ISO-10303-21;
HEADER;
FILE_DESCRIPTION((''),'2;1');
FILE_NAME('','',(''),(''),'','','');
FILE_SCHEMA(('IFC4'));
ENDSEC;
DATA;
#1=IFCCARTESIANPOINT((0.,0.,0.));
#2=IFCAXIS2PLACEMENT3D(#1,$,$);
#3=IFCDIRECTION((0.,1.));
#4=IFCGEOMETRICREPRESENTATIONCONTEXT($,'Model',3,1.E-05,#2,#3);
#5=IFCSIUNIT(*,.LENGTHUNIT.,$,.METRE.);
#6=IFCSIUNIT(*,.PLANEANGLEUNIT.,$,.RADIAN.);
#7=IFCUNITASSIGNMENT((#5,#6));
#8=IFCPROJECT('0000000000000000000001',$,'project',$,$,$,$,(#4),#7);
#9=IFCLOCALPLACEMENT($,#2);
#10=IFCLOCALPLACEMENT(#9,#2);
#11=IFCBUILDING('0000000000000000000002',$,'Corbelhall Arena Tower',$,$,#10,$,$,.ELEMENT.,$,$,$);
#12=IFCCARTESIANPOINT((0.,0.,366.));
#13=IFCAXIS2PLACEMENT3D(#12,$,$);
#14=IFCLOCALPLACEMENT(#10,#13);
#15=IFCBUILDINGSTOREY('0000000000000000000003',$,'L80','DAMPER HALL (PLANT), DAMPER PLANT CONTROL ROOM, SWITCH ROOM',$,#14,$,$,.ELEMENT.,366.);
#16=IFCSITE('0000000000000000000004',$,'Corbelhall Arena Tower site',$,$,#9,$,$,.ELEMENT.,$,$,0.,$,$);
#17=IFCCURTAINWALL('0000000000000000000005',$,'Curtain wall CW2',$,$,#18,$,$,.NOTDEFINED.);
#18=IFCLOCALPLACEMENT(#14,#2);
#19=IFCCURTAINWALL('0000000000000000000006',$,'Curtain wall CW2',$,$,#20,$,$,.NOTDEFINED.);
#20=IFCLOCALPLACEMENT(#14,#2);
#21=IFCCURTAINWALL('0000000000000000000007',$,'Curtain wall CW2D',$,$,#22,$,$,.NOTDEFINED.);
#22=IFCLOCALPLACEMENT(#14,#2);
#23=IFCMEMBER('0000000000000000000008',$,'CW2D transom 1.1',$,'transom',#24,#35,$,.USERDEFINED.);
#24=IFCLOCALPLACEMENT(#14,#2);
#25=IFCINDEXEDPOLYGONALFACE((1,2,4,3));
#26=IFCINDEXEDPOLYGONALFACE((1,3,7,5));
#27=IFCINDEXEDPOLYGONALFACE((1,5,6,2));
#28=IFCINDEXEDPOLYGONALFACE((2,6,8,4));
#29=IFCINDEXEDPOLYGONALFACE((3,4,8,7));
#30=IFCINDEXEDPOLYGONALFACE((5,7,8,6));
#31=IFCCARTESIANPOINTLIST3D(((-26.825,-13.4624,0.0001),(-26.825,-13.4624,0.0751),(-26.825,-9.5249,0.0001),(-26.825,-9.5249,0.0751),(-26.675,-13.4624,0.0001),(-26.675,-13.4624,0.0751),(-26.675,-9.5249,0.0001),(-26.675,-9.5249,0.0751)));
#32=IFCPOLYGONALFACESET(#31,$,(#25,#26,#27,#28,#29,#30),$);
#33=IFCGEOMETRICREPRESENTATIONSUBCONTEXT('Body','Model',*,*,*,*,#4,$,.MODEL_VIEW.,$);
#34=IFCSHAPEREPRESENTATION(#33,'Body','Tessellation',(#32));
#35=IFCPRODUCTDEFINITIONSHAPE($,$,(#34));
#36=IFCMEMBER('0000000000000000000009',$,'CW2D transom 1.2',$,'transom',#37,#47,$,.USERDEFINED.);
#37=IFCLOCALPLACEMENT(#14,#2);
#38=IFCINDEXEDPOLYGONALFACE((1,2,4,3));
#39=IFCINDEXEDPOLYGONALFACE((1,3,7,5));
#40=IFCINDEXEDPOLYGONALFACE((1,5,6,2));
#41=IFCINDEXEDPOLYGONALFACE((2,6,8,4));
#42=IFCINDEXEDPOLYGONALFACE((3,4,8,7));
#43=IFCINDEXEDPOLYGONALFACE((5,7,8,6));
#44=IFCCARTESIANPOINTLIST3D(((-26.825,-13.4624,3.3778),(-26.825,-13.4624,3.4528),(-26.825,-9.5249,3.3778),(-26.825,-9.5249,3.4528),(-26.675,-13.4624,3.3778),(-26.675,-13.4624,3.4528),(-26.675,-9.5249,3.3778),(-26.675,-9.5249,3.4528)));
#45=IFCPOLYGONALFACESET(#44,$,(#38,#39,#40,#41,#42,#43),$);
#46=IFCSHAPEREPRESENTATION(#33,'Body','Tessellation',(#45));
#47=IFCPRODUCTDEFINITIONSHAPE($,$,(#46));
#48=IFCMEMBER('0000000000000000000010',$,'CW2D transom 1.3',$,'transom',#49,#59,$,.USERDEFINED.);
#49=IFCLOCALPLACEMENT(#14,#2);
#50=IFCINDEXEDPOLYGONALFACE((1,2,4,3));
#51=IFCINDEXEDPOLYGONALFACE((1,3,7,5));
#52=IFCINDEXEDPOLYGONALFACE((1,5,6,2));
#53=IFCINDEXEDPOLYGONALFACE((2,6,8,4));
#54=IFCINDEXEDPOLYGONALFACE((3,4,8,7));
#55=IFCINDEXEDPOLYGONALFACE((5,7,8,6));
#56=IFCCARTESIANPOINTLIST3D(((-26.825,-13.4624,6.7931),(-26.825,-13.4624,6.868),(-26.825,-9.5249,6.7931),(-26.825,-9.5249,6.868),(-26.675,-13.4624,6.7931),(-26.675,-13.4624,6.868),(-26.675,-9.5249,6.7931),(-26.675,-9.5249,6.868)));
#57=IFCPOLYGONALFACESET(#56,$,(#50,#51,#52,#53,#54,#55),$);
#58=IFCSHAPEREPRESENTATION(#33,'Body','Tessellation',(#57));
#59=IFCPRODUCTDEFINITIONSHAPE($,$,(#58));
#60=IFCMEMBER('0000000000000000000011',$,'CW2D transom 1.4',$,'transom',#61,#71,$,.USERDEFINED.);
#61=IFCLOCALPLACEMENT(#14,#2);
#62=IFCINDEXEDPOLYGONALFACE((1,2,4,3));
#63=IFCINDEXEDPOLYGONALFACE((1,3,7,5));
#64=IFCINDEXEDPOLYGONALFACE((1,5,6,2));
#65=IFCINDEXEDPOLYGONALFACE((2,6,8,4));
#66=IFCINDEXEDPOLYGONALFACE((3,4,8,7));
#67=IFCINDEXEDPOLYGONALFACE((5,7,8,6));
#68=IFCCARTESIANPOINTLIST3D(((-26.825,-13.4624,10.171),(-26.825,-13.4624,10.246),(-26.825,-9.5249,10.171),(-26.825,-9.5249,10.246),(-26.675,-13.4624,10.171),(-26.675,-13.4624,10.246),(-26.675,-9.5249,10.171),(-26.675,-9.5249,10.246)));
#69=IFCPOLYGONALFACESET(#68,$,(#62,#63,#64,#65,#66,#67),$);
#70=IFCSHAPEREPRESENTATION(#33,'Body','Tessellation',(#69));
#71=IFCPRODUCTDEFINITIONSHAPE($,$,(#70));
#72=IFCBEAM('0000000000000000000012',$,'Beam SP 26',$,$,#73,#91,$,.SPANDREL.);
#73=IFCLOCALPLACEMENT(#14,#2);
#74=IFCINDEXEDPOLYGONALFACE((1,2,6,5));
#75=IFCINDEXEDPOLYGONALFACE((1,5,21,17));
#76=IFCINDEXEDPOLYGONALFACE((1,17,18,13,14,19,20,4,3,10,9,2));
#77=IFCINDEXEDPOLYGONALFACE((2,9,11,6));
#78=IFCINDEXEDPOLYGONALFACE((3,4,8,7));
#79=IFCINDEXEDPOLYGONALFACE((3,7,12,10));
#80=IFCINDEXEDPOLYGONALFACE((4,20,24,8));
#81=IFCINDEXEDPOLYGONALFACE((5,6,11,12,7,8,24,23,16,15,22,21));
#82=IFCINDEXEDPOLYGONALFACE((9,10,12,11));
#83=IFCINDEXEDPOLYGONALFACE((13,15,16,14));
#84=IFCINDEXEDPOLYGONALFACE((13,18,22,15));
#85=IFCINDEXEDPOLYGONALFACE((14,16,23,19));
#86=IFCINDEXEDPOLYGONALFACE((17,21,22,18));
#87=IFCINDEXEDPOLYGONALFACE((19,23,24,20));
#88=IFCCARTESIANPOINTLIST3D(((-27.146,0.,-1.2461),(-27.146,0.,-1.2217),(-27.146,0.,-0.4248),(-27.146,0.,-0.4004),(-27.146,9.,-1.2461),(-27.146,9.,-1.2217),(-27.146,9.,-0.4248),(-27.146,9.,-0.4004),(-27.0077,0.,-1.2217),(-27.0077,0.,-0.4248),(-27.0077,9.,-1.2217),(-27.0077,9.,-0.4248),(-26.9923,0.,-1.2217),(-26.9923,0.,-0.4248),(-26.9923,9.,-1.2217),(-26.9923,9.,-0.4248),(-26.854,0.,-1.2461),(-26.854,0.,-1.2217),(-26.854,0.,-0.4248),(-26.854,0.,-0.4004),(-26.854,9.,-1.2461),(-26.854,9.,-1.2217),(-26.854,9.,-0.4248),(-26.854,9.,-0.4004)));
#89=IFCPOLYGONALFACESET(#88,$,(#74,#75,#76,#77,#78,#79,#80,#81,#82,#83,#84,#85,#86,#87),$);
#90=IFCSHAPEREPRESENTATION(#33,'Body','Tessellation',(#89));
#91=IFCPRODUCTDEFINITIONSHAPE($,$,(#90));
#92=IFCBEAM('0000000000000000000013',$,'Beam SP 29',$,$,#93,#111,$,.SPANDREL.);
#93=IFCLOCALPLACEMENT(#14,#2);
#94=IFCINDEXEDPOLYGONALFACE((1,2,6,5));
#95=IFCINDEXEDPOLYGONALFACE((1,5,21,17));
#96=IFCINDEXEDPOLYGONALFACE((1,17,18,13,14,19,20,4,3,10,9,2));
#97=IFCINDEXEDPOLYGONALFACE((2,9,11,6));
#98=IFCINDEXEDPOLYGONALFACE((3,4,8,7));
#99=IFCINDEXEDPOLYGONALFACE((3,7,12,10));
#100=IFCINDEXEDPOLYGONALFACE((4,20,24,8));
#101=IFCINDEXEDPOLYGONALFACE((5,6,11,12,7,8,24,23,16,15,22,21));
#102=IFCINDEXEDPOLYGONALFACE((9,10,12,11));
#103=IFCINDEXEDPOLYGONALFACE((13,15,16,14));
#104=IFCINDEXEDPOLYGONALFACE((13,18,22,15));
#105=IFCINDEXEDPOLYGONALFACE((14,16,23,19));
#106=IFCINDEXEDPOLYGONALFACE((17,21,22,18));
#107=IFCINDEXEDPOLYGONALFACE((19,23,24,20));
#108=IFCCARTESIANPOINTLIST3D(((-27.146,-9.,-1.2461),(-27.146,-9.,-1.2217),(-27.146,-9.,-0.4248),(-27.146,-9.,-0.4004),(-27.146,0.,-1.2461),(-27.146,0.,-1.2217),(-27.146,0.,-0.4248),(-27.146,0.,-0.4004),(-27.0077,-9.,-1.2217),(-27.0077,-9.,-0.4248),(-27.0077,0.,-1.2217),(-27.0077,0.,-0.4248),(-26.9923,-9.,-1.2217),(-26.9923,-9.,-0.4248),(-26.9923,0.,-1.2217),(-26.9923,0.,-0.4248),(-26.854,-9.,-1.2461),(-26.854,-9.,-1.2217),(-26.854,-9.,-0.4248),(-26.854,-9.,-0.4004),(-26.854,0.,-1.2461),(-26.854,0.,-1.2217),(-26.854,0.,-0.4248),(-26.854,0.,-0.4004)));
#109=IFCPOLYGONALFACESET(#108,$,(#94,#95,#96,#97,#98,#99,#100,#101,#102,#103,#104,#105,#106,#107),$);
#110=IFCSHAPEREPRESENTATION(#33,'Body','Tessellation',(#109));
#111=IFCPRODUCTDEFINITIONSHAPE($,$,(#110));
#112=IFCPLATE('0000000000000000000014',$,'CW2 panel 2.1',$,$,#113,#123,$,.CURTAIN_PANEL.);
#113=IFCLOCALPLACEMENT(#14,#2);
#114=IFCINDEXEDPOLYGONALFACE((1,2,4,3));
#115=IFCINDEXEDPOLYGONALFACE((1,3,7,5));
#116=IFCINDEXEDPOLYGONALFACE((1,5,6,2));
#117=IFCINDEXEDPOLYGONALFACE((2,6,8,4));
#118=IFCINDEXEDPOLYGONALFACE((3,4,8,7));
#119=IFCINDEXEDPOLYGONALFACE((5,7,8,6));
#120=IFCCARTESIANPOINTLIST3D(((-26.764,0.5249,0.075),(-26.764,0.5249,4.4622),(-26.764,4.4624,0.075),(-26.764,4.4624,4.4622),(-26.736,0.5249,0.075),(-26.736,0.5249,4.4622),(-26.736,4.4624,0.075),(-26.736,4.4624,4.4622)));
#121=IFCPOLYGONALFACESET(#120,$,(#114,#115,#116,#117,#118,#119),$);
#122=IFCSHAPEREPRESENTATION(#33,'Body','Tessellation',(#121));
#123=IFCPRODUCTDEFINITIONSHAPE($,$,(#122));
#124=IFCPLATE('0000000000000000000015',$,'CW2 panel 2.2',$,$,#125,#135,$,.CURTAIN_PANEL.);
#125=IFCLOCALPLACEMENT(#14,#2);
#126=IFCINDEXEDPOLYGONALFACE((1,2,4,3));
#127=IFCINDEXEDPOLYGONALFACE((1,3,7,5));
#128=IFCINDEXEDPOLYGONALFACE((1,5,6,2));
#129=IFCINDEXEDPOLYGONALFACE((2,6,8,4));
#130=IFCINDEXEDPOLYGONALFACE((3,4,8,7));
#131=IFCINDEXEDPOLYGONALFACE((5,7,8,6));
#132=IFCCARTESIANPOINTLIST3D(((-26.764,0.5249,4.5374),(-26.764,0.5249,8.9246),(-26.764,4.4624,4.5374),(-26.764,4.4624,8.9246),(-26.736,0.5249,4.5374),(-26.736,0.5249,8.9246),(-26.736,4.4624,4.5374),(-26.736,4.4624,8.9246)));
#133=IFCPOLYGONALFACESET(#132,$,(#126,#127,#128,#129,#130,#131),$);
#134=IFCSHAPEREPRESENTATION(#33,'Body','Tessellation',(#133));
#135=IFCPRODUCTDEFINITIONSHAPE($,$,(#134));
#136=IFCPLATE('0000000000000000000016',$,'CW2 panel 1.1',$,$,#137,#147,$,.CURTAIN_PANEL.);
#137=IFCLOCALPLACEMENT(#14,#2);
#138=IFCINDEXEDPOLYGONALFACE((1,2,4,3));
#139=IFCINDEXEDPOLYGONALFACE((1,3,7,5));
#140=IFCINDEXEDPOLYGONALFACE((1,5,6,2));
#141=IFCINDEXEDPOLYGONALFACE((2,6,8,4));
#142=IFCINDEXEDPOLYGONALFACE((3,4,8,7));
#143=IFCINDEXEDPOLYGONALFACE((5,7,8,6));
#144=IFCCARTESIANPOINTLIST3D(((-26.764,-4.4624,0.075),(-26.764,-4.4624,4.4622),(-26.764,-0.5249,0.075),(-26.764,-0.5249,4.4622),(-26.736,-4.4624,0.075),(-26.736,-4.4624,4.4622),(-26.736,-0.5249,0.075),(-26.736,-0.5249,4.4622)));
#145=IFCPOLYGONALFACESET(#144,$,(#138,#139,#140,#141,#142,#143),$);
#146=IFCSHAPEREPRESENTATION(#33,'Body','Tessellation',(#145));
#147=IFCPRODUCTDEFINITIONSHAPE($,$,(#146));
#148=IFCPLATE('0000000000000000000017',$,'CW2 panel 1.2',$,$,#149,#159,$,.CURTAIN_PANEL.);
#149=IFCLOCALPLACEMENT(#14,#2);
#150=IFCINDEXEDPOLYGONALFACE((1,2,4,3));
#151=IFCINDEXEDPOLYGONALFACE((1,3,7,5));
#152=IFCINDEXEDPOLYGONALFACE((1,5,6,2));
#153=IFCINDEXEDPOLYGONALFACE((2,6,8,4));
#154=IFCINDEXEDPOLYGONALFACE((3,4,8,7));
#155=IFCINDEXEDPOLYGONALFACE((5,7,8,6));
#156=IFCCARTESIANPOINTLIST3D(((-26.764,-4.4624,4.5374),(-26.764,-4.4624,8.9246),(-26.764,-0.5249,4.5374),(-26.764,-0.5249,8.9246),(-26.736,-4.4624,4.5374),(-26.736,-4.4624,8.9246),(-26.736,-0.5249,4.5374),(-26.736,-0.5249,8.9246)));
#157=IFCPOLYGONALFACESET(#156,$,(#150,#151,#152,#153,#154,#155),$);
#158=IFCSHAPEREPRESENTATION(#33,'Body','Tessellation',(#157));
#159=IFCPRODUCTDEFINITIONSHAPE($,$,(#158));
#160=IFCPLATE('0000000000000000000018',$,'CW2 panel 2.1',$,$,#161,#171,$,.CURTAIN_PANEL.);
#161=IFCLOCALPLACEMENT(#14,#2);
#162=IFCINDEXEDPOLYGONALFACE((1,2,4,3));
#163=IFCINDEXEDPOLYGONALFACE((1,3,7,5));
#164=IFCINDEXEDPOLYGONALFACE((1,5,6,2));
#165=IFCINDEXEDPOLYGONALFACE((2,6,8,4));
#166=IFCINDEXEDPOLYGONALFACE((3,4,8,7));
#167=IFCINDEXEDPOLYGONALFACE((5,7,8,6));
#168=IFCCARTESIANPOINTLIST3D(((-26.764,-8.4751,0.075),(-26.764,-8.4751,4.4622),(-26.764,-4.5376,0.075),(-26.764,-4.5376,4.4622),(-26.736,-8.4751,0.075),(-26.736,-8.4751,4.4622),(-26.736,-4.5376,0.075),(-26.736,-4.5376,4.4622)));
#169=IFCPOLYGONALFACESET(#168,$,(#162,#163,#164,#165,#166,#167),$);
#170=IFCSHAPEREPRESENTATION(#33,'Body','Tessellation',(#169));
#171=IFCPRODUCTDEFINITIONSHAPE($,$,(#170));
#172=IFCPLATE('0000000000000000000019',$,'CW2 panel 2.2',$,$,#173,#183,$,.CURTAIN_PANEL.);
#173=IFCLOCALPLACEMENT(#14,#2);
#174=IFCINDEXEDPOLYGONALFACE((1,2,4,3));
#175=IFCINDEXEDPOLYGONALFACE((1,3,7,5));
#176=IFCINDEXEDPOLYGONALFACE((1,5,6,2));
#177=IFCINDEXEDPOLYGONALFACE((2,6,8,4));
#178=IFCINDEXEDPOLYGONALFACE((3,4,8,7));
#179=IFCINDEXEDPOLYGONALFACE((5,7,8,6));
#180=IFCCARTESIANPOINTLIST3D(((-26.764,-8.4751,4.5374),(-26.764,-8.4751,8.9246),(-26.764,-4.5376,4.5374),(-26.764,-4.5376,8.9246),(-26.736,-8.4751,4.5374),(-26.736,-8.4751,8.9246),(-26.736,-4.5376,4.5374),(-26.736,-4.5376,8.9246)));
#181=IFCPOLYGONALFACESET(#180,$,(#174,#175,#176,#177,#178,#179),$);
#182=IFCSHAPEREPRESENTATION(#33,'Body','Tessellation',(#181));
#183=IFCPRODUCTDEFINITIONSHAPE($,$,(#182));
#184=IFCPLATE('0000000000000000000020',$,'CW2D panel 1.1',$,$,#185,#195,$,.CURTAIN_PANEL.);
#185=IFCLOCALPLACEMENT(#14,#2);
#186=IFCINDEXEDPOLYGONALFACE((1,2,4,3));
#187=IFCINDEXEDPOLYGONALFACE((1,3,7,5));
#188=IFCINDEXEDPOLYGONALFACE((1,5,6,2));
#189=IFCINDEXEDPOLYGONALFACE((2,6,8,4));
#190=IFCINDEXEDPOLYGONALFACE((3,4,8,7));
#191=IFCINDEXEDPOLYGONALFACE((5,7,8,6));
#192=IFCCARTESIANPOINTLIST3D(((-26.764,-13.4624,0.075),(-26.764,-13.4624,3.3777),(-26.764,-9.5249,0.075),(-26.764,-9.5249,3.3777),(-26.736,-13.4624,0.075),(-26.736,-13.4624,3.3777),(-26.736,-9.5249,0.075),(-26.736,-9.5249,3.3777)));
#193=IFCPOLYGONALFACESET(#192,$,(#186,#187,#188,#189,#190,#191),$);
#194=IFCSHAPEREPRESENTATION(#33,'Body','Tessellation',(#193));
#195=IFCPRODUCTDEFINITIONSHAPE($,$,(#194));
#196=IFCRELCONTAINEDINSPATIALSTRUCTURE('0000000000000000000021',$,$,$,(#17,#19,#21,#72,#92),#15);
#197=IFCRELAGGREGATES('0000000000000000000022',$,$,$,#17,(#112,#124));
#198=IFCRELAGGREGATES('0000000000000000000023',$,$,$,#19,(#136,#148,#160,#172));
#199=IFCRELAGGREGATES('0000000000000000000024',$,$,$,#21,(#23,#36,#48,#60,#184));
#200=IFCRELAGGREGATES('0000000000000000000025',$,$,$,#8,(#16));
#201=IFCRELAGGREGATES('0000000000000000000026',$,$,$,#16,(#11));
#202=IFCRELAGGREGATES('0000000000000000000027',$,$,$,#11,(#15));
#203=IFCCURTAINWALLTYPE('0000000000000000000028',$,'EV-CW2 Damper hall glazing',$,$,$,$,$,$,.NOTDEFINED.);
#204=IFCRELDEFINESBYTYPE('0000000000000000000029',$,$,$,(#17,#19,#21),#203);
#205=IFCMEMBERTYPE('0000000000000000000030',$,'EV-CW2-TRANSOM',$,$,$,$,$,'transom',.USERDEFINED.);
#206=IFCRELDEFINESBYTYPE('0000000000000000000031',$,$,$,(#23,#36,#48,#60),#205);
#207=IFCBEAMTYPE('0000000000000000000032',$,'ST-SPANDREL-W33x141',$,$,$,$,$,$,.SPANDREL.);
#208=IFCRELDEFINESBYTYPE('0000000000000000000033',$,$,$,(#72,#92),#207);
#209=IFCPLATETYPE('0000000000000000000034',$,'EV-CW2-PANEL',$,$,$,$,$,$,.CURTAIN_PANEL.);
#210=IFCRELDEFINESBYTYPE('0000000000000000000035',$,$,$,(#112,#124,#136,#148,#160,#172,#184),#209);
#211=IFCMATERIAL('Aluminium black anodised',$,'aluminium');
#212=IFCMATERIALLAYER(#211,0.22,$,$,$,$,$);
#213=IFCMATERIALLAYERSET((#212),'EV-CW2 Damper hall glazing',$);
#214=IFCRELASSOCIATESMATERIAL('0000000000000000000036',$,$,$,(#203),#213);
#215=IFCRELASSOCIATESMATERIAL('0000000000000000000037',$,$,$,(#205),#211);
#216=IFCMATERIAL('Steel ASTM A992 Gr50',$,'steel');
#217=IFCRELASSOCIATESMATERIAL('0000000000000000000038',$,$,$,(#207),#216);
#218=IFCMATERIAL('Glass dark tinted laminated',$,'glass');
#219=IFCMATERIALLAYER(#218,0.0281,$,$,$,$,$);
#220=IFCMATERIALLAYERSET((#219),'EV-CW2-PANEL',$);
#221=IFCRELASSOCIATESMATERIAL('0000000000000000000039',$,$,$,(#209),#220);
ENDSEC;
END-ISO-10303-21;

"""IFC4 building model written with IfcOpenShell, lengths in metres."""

from ifc_helpers import new_model, si_unit, direction, frame, origin, origin_2d, place, context, subcontext, project, spatial, rectangle, i_section, extrude, material, layer, layer_set, material_profile, profile_set, type_object, element, aggregate, save


model = new_model("IFC4")

# Units and contexts
model_context = context("Model", 3, precision=1e-05, world=origin(), true_north=direction((0.0, 1.0)))
body_context = subcontext(model_context, "Body", "Model", "MODEL_VIEW")
ifc_project = project(units=[si_unit("LENGTHUNIT", "METRE"), si_unit("PLANEANGLEUNIT", "RADIAN")], contexts=[model_context])

# Site, building, storey
site_placement = place(None, origin())
site = spatial("IfcSite", under=ifc_project, at=site_placement, Name="Corbelhall Arena Tower site", CompositionType="ELEMENT", RefElevation=0.0)
building_placement = place(site_placement, origin())
building = spatial("IfcBuilding", under=site, at=building_placement, Name="Corbelhall Arena Tower", CompositionType="ELEMENT")
storey_placement = place(building_placement, frame((0.0, 0.0, 366.0)))
storey = spatial("IfcBuildingStorey", under=building, at=storey_placement, Name="L80", Description="DAMPER HALL (PLANT), DAMPER PLANT CONTROL ROOM, SWITCH ROOM", CompositionType="ELEMENT", Elevation=366.0)

# Curtain wall
ifc_material_1 = material(Name="Aluminium black anodised", Category="aluminium")
ifc_layer_1 = layer(ifc_material_1, 0.22)
ifc_layer_set_1 = layer_set([ifc_layer_1], Name="EV-CW2 Damper hall glazing")
curtain_wall_type = type_object("IfcCurtainWallType", Name="EV-CW2 Damper hall glazing", PredefinedType="NOTDEFINED", material=ifc_layer_set_1)
curtain_wall_1_placement = place(storey_placement, origin())
curtain_wall_1 = element("IfcCurtainWall", 1, at=curtain_wall_1_placement, inside=storey, type_object=curtain_wall_type, Name="Curtain wall CW2", PredefinedType="NOTDEFINED")

# Curtain wall
curtain_wall_2_placement = place(storey_placement, origin())
curtain_wall_2 = element("IfcCurtainWall", 2, at=curtain_wall_2_placement, inside=storey, type_object=curtain_wall_type, Name="Curtain wall CW2", PredefinedType="NOTDEFINED")

# Curtain wall
curtain_wall_3_placement = place(storey_placement, origin())
curtain_wall_3 = element("IfcCurtainWall", 3, at=curtain_wall_3_placement, inside=storey, type_object=curtain_wall_type, Name="Curtain wall CW2D", PredefinedType="NOTDEFINED")

# Members
ifc_material_profile_1 = material_profile(ifc_material_1, rectangle(XDim=0.1499, YDim=0.075, at=origin_2d()))
ifc_profile_set_1 = profile_set([ifc_material_profile_1], Name="Aluminium black anodised")
member_type_1 = type_object("IfcMemberType", Name="EV-CW2-TRANSOM", ElementType="transom", PredefinedType="USERDEFINED", material=ifc_profile_set_1)
member_1_placement = place(storey_placement, frame((-26.75, -9.5249, 0.0376), z_axis=(0.0, -1.0, 0.0), x_axis=(1.0, 0.0, 0.0)))
member_1 = element("IfcMember", 4, at=member_1_placement, type_object=member_type_1, Name="CW2D transom 1.1", ObjectType="transom", PredefinedType="USERDEFINED", context=body_context, shape_type="SweptSolid", body=[
    extrude(rectangle(XDim=0.1499, YDim=0.075, at=origin_2d()), origin(), (0.0, 0.0, 1.0), 3.9375),
])
member_2_placement = place(storey_placement, frame((-26.75, -9.5249, 3.4153), z_axis=(0.0, -1.0, 0.0), x_axis=(1.0, 0.0, 0.0)))
member_2 = element("IfcMember", 5, at=member_2_placement, type_object=member_type_1, Name="CW2D transom 1.2", ObjectType="transom", PredefinedType="USERDEFINED", context=body_context, shape_type="SweptSolid", body=[
    extrude(rectangle(XDim=0.1499, YDim=0.075, at=origin_2d()), origin(), (0.0, 0.0, 1.0), 3.9375),
])
member_3_placement = place(storey_placement, frame((-26.75, -9.5249, 6.8306), z_axis=(0.0, -1.0, 0.0), x_axis=(1.0, 0.0, 0.0)))
member_3 = element("IfcMember", 6, at=member_3_placement, type_object=member_type_1, Name="CW2D transom 1.3", ObjectType="transom", PredefinedType="USERDEFINED", context=body_context, shape_type="SweptSolid", body=[
    extrude(rectangle(XDim=0.1499, YDim=0.075, at=origin_2d()), origin(), (0.0, 0.0, 1.0), 3.9375),
])
member_4_placement = place(storey_placement, frame((-26.75, -9.5249, 10.2085), z_axis=(0.0, -1.0, 0.0), x_axis=(1.0, 0.0, 0.0)))
member_4 = element("IfcMember", 7, at=member_4_placement, type_object=member_type_1, Name="CW2D transom 1.4", ObjectType="transom", PredefinedType="USERDEFINED", context=body_context, shape_type="SweptSolid", body=[
    extrude(rectangle(XDim=0.1499, YDim=0.075, at=origin_2d()), origin(), (0.0, 0.0, 1.0), 3.9375),
])

# Beams
ifc_material_2 = material(Name="Steel ASTM A992 Gr50", Category="steel")
ifc_material_profile_2 = material_profile(ifc_material_2, i_section(OverallWidth=0.292, OverallDepth=0.8457, WebThickness=0.0154, FlangeThickness=0.0244, at=origin_2d()))
ifc_profile_set_2 = profile_set([ifc_material_profile_2], Name="Steel ASTM A992 Gr50")
beam_type = type_object("IfcBeamType", Name="ST-SPANDREL-W33x141", PredefinedType="SPANDREL", material=ifc_profile_set_2)
for number, where, z_axis, x_axis, name in (
    (8, (-27.0, 0.0, -0.8232), (0.0, 1.0, 0.0), (-1.0, 0.0, 0.0), "Beam SP 26"),
    (9, (-27.0, -9.0, -0.8232), (0.0, 1.0, 0.0), (-1.0, 0.0, 0.0), "Beam SP 29"),
):
    element("IfcBeam", number, at=place(storey_placement, frame(where, z_axis=z_axis, x_axis=x_axis)), inside=storey, type_object=beam_type, Name=name, PredefinedType="SPANDREL", context=body_context, shape_type="SweptSolid", body=[
        extrude(i_section(OverallWidth=0.292, OverallDepth=0.8457, WebThickness=0.0154, FlangeThickness=0.0244, at=origin_2d()), origin(), (0.0, 0.0, 1.0), 9.0),
    ])

# Plates
ifc_material_3 = material(Name="Glass dark tinted laminated", Category="glass")
ifc_layer_2 = layer(ifc_material_3, 0.0281)
ifc_layer_set_2 = layer_set([ifc_layer_2], Name="EV-CW2-PANEL")
plate_type = type_object("IfcPlateType", Name="EV-CW2-PANEL", PredefinedType="CURTAIN_PANEL", material=ifc_layer_set_2)
plate_1_placement = place(storey_placement, frame((-26.75, 2.4937, 0.075), z_axis=(0.0, 0.0, 1.0), x_axis=(0.0, -1.0, 0.0)))
plate_1 = element("IfcPlate", 10, at=plate_1_placement, type_object=plate_type, Name="CW2 panel 2.1", PredefinedType="CURTAIN_PANEL", context=body_context, shape_type="SweptSolid", body=[
    extrude(rectangle(XDim=3.9375, YDim=0.0281, at=origin_2d()), origin(), (0.0, 0.0, 1.0), 4.3872),
])
plate_2_placement = place(storey_placement, frame((-26.75, 2.4937, 4.5374), z_axis=(0.0, 0.0, 1.0), x_axis=(0.0, -1.0, 0.0)))
plate_2 = element("IfcPlate", 11, at=plate_2_placement, type_object=plate_type, Name="CW2 panel 2.2", PredefinedType="CURTAIN_PANEL", context=body_context, shape_type="SweptSolid", body=[
    extrude(rectangle(XDim=3.9375, YDim=0.0281, at=origin_2d()), origin(), (0.0, 0.0, 1.0), 4.3872),
])
aggregate(curtain_wall_1, [plate_1, plate_2])
plate_3_placement = place(storey_placement, frame((-26.75, -2.4937, 0.075), z_axis=(0.0, 0.0, 1.0), x_axis=(0.0, -1.0, 0.0)))
plate_3 = element("IfcPlate", 12, at=plate_3_placement, type_object=plate_type, Name="CW2 panel 1.1", PredefinedType="CURTAIN_PANEL", context=body_context, shape_type="SweptSolid", body=[
    extrude(rectangle(XDim=3.9375, YDim=0.0281, at=origin_2d()), origin(), (0.0, 0.0, 1.0), 4.3872),
])
plate_4_placement = place(storey_placement, frame((-26.75, -2.4937, 4.5374), z_axis=(0.0, 0.0, 1.0), x_axis=(0.0, -1.0, 0.0)))
plate_4 = element("IfcPlate", 13, at=plate_4_placement, type_object=plate_type, Name="CW2 panel 1.2", PredefinedType="CURTAIN_PANEL", context=body_context, shape_type="SweptSolid", body=[
    extrude(rectangle(XDim=3.9375, YDim=0.0281, at=origin_2d()), origin(), (0.0, 0.0, 1.0), 4.3872),
])
plate_5_placement = place(storey_placement, frame((-26.75, -6.5063, 0.075), z_axis=(0.0, 0.0, 1.0), x_axis=(0.0, -1.0, 0.0)))
plate_5 = element("IfcPlate", 14, at=plate_5_placement, type_object=plate_type, Name="CW2 panel 2.1", PredefinedType="CURTAIN_PANEL", context=body_context, shape_type="SweptSolid", body=[
    extrude(rectangle(XDim=3.9375, YDim=0.0281, at=origin_2d()), origin(), (0.0, 0.0, 1.0), 4.3872),
])
plate_6_placement = place(storey_placement, frame((-26.75, -6.5063, 4.5374), z_axis=(0.0, 0.0, 1.0), x_axis=(0.0, -1.0, 0.0)))
plate_6 = element("IfcPlate", 15, at=plate_6_placement, type_object=plate_type, Name="CW2 panel 2.2", PredefinedType="CURTAIN_PANEL", context=body_context, shape_type="SweptSolid", body=[
    extrude(rectangle(XDim=3.9375, YDim=0.0281, at=origin_2d()), origin(), (0.0, 0.0, 1.0), 4.3872),
])
aggregate(curtain_wall_2, [plate_3, plate_4, plate_5, plate_6])
plate_7_placement = place(storey_placement, frame((-26.75, -11.4937, 0.075), z_axis=(0.0, 0.0, 1.0), x_axis=(0.0, -1.0, 0.0)))
plate_7 = element("IfcPlate", 16, at=plate_7_placement, type_object=plate_type, Name="CW2D panel 1.1", PredefinedType="CURTAIN_PANEL", context=body_context, shape_type="SweptSolid", body=[
    extrude(rectangle(XDim=3.9375, YDim=0.0281, at=origin_2d()), origin(), (0.0, 0.0, 1.0), 3.3027),
])
aggregate(curtain_wall_3, [member_1, member_2, member_3, member_4, plate_7])

save(model, "model.ifc")
